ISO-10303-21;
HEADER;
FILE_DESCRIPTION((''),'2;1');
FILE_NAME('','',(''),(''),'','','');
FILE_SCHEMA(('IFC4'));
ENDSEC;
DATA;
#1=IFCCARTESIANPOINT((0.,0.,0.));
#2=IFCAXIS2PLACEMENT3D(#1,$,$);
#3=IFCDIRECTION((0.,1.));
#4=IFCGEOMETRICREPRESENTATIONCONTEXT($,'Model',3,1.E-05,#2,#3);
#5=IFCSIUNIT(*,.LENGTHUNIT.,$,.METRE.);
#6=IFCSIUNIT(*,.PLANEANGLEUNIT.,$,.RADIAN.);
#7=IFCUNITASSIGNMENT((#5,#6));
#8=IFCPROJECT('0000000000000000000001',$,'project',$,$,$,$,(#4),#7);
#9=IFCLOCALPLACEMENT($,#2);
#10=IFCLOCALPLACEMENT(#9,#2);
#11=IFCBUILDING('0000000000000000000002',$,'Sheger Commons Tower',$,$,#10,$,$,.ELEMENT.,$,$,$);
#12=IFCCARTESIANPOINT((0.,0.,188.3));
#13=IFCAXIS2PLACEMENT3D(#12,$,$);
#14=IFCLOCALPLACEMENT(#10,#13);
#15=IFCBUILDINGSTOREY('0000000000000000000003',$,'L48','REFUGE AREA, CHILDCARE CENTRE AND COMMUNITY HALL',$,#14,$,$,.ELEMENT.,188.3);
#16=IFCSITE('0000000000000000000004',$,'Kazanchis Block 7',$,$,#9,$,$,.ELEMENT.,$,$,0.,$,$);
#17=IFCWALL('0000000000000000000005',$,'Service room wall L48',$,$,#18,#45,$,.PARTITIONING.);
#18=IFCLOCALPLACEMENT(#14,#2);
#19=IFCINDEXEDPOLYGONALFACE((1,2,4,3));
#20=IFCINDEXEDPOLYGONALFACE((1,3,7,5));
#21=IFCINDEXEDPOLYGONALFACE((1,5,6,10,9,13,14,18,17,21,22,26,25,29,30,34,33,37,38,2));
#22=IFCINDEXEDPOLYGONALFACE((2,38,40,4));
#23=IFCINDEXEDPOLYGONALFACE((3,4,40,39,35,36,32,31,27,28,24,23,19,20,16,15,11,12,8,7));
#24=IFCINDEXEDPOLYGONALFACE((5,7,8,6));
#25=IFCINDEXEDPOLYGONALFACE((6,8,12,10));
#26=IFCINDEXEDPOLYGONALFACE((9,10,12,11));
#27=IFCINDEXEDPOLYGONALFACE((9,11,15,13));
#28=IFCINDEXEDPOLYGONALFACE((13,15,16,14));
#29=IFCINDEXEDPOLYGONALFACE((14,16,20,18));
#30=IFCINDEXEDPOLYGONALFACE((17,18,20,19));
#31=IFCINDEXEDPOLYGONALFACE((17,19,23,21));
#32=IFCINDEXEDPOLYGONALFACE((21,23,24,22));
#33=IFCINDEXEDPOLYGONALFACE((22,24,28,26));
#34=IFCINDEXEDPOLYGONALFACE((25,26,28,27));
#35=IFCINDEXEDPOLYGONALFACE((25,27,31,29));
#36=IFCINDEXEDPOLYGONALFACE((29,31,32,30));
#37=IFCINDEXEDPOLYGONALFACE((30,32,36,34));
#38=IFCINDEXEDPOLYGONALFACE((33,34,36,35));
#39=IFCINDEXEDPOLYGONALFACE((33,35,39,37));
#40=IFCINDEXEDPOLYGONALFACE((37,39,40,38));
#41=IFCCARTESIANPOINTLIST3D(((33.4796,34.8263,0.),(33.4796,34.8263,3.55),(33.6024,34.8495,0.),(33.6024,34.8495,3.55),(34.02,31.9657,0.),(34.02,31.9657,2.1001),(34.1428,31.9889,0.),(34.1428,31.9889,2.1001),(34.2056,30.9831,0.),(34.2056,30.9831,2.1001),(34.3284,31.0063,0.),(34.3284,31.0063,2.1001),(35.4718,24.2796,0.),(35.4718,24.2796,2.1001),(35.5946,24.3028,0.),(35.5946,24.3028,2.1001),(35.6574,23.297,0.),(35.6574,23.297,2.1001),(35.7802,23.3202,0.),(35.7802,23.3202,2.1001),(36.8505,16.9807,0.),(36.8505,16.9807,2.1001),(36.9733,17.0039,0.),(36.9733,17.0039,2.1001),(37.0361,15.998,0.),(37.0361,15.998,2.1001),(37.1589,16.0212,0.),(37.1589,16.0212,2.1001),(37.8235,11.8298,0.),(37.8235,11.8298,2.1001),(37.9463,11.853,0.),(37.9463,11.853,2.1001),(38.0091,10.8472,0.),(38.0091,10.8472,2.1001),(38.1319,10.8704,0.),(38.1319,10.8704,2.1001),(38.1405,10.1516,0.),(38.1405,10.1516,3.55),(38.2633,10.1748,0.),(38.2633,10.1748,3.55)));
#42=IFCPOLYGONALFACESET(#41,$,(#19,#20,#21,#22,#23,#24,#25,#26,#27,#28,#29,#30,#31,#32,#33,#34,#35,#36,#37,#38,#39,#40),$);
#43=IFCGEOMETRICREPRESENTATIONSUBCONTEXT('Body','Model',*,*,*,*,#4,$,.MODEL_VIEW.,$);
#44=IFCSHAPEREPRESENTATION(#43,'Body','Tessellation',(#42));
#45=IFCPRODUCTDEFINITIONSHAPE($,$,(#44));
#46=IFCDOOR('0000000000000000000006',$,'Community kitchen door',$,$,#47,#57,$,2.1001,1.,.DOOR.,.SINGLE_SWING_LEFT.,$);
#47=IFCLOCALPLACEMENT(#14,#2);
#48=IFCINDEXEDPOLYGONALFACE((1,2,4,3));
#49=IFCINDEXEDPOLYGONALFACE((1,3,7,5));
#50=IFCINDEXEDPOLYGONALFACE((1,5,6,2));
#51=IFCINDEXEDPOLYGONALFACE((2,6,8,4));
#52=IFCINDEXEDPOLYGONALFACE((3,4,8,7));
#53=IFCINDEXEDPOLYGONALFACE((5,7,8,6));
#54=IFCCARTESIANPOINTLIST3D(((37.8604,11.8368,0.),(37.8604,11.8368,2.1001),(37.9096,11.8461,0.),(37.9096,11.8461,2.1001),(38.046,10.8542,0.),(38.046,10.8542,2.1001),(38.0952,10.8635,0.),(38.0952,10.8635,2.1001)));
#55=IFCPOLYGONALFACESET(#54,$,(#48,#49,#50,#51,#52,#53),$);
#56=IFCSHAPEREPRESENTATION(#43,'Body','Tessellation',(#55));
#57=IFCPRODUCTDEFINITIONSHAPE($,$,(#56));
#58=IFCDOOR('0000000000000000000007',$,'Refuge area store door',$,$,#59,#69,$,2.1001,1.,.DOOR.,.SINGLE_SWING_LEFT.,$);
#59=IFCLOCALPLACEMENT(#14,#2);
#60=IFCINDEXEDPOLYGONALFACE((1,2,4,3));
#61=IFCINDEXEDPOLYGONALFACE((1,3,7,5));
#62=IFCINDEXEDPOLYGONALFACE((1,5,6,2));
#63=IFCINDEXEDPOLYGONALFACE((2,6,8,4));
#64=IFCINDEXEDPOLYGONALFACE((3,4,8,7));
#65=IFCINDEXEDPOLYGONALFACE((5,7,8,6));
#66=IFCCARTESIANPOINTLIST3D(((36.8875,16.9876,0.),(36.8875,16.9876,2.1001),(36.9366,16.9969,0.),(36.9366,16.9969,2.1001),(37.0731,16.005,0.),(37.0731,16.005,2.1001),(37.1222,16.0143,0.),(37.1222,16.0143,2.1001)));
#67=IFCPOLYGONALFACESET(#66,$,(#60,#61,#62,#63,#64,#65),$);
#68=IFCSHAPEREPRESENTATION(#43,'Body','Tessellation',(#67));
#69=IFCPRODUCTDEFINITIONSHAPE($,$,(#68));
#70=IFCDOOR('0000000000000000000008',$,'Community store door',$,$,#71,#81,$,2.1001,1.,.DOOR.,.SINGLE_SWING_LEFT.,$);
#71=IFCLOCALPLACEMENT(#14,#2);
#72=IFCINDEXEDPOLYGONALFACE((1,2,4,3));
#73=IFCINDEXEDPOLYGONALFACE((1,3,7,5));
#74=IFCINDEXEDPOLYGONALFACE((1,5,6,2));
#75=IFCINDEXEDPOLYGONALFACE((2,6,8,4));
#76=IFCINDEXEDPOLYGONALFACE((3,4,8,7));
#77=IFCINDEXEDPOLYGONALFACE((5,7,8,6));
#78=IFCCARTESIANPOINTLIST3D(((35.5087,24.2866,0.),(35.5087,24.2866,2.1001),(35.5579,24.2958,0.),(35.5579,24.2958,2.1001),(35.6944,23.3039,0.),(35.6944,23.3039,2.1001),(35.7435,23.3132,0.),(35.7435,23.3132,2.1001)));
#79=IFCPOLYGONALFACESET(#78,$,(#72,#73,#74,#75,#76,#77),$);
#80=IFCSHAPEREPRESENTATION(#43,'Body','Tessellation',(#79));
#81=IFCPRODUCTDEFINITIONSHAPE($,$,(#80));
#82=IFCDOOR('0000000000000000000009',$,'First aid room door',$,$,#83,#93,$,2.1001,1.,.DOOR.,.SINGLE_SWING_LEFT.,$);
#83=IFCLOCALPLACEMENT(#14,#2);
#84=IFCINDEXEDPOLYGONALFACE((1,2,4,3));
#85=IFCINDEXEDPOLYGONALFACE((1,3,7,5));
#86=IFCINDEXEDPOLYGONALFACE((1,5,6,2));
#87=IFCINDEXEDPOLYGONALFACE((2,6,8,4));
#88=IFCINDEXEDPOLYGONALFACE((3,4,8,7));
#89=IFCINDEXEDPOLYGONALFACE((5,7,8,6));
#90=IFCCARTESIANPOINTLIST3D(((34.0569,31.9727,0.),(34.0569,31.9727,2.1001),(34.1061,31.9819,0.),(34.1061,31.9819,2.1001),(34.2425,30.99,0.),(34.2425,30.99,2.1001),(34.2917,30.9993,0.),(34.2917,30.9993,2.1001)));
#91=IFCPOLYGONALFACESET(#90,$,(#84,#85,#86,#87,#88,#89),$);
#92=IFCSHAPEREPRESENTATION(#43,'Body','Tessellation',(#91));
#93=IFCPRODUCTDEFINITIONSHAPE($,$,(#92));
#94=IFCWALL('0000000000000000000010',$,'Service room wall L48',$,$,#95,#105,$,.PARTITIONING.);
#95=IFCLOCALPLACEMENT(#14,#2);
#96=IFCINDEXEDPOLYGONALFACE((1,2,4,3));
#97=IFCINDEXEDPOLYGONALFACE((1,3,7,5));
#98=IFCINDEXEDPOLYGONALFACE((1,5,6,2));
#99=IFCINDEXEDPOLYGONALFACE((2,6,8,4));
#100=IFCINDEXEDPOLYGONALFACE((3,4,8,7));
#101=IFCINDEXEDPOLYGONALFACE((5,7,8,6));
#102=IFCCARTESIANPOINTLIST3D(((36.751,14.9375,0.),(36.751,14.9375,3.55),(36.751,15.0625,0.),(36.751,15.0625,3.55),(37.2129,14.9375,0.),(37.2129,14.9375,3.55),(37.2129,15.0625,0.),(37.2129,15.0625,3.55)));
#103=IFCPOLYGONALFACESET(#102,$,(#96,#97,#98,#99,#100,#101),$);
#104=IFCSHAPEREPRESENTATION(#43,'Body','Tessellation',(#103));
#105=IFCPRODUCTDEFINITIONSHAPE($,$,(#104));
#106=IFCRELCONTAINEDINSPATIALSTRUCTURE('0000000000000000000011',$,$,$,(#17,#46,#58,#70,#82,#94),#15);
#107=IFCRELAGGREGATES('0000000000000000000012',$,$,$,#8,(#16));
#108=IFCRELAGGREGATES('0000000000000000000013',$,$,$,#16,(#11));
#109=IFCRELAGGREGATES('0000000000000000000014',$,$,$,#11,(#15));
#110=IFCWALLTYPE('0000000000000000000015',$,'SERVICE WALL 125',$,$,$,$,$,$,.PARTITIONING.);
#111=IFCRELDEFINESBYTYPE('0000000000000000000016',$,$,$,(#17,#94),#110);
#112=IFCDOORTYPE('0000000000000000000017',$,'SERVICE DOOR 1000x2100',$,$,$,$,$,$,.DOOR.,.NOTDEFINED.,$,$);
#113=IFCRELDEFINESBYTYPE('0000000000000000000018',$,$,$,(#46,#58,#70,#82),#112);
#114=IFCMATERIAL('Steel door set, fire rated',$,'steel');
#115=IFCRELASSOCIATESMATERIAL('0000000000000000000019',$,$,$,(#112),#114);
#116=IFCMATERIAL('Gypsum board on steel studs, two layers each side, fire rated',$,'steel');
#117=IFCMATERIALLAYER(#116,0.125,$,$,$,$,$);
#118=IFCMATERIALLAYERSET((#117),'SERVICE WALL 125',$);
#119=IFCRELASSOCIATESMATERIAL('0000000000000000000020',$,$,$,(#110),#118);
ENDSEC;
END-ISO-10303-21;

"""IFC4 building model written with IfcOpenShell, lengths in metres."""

from ifc_helpers import new_model, si_unit, direction, frame, frame_2d, origin, place, context, subcontext, project, spatial, rectangle, extrude, material, layer, layer_set, type_object, element, fill, save


model = new_model("IFC4")

# Units and contexts
model_context = context("Model", 3, precision=1e-05, world=origin(), true_north=direction((0.0, 1.0)))
body_context = subcontext(model_context, "Body", "Model", "MODEL_VIEW")
ifc_project = project(units=[si_unit("LENGTHUNIT", "METRE"), si_unit("PLANEANGLEUNIT", "RADIAN")], contexts=[model_context])

# Site, building, storey
site_placement = place(None, origin())
site = spatial("IfcSite", under=ifc_project, at=site_placement, Name="Kazanchis Block 7", CompositionType="ELEMENT", RefElevation=0.0)
building_placement = place(site_placement, origin())
building = spatial("IfcBuilding", under=site, at=building_placement, Name="Sheger Commons Tower", CompositionType="ELEMENT")
storey_placement = place(building_placement, frame((0.0, 0.0, 188.3)))
storey = spatial("IfcBuildingStorey", under=building, at=storey_placement, Name="L48", Description="REFUGE AREA, CHILDCARE CENTRE AND COMMUNITY HALL", CompositionType="ELEMENT", Elevation=188.3)

# Shared definitions
ifc_material_1 = material(Name="Steel door set, fire rated", Category="steel")
door_type = type_object("IfcDoorType", Name="SERVICE DOOR 1000x2100", OperationType="NOTDEFINED", PredefinedType="DOOR", material=ifc_material_1)

# Wall, openings, doors
ifc_material_2 = material(Name="Gypsum board on steel studs, two layers each side, fire rated", Category="steel")
ifc_layer_1 = layer(ifc_material_2, 0.125)
ifc_layer_set_1 = layer_set([ifc_layer_1], Name="SERVICE WALL 125")
wall_type_1 = type_object("IfcWallType", Name="SERVICE WALL 125", PredefinedType="PARTITIONING", material=ifc_layer_set_1)
wall_1_placement = place(storey_placement, frame((38.2019, 10.1631, 0.0), z_axis=(0.0, 0.0, 1.0), x_axis=(-0.18561, 0.982623, 0.0)))
wall_1 = element("IfcWall", 1, at=wall_1_placement, inside=storey, type_object=wall_type_1, Name="Service room wall L48", PredefinedType="PARTITIONING", context=body_context, shape_type="SweptSolid", body=[
    extrude(rectangle(XDim=25.1111, YDim=0.125, at=frame_2d((12.5557, 0.0))), origin(), (0.0, 0.0, 1.0), 3.55),
])
opening_1_placement = place(wall_1_placement, frame((0.708, 0.0, 0.0)))
opening_1 = element("IfcOpeningElement", 2, at=opening_1_placement, cuts=wall_1, PredefinedType="OPENING", context=body_context, shape_type="SweptSolid", body=[
    extrude(rectangle(XDim=1.0, YDim=2.1001, at=frame_2d((0.5, 1.05))), frame((0.0, 0.0725, 0.0), z_axis=(0.0, -1.0, 0.0), x_axis=(1.0, 0.0, 0.0)), (0.0, 0.0, 1.0), 0.145),
])
opening_2_placement = place(wall_1_placement, frame((5.95, 0.0, 0.0)))
opening_2 = element("IfcOpeningElement", 3, at=opening_2_placement, cuts=wall_1, PredefinedType="OPENING", context=body_context, shape_type="SweptSolid", body=[
    extrude(rectangle(XDim=1.0, YDim=2.1001, at=frame_2d((0.5, 1.05))), frame((0.0, 0.0725, 0.0), z_axis=(0.0, -1.0, 0.0), x_axis=(1.0, 0.0, 0.0)), (0.0, 0.0, 1.0), 0.145),
])
opening_3_placement = place(wall_1_placement, frame((13.3779, 0.0, 0.0)))
opening_3 = element("IfcOpeningElement", 4, at=opening_3_placement, cuts=wall_1, PredefinedType="OPENING", context=body_context, shape_type="SweptSolid", body=[
    extrude(rectangle(XDim=1.0, YDim=2.1001, at=frame_2d((0.5, 1.05))), frame((0.0, 0.0725, 0.0), z_axis=(0.0, -1.0, 0.0), x_axis=(1.0, 0.0, 0.0)), (0.0, 0.0, 1.0), 0.145),
])
opening_4_placement = place(wall_1_placement, frame((21.2, 0.0, 0.0)))
opening_4 = element("IfcOpeningElement", 5, at=opening_4_placement, cuts=wall_1, PredefinedType="OPENING", context=body_context, shape_type="SweptSolid", body=[
    extrude(rectangle(XDim=1.0, YDim=2.1001, at=frame_2d((0.5, 1.05))), frame((0.0, 0.0725, 0.0), z_axis=(0.0, -1.0, 0.0), x_axis=(1.0, 0.0, 0.0)), (0.0, 0.0, 1.0), 0.145),
])
door_1_placement = place(opening_1_placement, origin())
door_1 = element("IfcDoor", 6, at=door_1_placement, inside=storey, type_object=door_type, Name="Community kitchen door", OperationType="SINGLE_SWING_LEFT", OverallHeight=2.1001, OverallWidth=1.0, PredefinedType="DOOR", context=body_context, shape_type="SweptSolid", body=[
    extrude(rectangle(XDim=1.0, YDim=2.1001, at=frame_2d((0.5, 1.05))), frame((0.0, 0.0249, 0.0), z_axis=(0.0, -1.0, 0.0), x_axis=(1.0, 0.0, 0.0)), (0.0, 0.0, 1.0), 0.05),
])
fill(opening_1, door_1)
door_2_placement = place(opening_2_placement, origin())
door_2 = element("IfcDoor", 7, at=door_2_placement, inside=storey, type_object=door_type, Name="Refuge area store door", OperationType="SINGLE_SWING_LEFT", OverallHeight=2.1001, OverallWidth=1.0, PredefinedType="DOOR", context=body_context, shape_type="SweptSolid", body=[
    extrude(rectangle(XDim=1.0, YDim=2.1001, at=frame_2d((0.5, 1.05))), frame((0.0, 0.0249, 0.0), z_axis=(0.0, -1.0, 0.0), x_axis=(1.0, 0.0, 0.0)), (0.0, 0.0, 1.0), 0.05),
])
fill(opening_2, door_2)
door_3_placement = place(opening_3_placement, origin())
door_3 = element("IfcDoor", 8, at=door_3_placement, inside=storey, type_object=door_type, Name="Community store door", OperationType="SINGLE_SWING_LEFT", OverallHeight=2.1001, OverallWidth=1.0, PredefinedType="DOOR", context=body_context, shape_type="SweptSolid", body=[
    extrude(rectangle(XDim=1.0, YDim=2.1001, at=frame_2d((0.5, 1.05))), frame((0.0, 0.0249, 0.0), z_axis=(0.0, -1.0, 0.0), x_axis=(1.0, 0.0, 0.0)), (0.0, 0.0, 1.0), 0.05),
])
fill(opening_3, door_3)
door_4_placement = place(opening_4_placement, origin())
door_4 = element("IfcDoor", 9, at=door_4_placement, inside=storey, type_object=door_type, Name="First aid room door", OperationType="SINGLE_SWING_LEFT", OverallHeight=2.1001, OverallWidth=1.0, PredefinedType="DOOR", context=body_context, shape_type="SweptSolid", body=[
    extrude(rectangle(XDim=1.0, YDim=2.1001, at=frame_2d((0.5, 1.05))), frame((0.0, 0.0249, 0.0), z_axis=(0.0, -1.0, 0.0), x_axis=(1.0, 0.0, 0.0)), (0.0, 0.0, 1.0), 0.05),
])
fill(opening_4, door_4)

# Wall
wall_2_placement = place(storey_placement, frame((36.751, 15.0, 0.0), z_axis=(0.0, 0.0, 1.0), x_axis=(1.0, 0.0, 0.0)))
element("IfcWall", 10, at=wall_2_placement, inside=storey, type_object=wall_type_1, Name="Service room wall L48", PredefinedType="PARTITIONING", context=body_context, shape_type="SweptSolid", body=[
    extrude(rectangle(XDim=0.4619, YDim=0.125, at=frame_2d((0.231, 0.0))), origin(), (0.0, 0.0, 1.0), 3.55),
])

save(model, "model.ifc")
